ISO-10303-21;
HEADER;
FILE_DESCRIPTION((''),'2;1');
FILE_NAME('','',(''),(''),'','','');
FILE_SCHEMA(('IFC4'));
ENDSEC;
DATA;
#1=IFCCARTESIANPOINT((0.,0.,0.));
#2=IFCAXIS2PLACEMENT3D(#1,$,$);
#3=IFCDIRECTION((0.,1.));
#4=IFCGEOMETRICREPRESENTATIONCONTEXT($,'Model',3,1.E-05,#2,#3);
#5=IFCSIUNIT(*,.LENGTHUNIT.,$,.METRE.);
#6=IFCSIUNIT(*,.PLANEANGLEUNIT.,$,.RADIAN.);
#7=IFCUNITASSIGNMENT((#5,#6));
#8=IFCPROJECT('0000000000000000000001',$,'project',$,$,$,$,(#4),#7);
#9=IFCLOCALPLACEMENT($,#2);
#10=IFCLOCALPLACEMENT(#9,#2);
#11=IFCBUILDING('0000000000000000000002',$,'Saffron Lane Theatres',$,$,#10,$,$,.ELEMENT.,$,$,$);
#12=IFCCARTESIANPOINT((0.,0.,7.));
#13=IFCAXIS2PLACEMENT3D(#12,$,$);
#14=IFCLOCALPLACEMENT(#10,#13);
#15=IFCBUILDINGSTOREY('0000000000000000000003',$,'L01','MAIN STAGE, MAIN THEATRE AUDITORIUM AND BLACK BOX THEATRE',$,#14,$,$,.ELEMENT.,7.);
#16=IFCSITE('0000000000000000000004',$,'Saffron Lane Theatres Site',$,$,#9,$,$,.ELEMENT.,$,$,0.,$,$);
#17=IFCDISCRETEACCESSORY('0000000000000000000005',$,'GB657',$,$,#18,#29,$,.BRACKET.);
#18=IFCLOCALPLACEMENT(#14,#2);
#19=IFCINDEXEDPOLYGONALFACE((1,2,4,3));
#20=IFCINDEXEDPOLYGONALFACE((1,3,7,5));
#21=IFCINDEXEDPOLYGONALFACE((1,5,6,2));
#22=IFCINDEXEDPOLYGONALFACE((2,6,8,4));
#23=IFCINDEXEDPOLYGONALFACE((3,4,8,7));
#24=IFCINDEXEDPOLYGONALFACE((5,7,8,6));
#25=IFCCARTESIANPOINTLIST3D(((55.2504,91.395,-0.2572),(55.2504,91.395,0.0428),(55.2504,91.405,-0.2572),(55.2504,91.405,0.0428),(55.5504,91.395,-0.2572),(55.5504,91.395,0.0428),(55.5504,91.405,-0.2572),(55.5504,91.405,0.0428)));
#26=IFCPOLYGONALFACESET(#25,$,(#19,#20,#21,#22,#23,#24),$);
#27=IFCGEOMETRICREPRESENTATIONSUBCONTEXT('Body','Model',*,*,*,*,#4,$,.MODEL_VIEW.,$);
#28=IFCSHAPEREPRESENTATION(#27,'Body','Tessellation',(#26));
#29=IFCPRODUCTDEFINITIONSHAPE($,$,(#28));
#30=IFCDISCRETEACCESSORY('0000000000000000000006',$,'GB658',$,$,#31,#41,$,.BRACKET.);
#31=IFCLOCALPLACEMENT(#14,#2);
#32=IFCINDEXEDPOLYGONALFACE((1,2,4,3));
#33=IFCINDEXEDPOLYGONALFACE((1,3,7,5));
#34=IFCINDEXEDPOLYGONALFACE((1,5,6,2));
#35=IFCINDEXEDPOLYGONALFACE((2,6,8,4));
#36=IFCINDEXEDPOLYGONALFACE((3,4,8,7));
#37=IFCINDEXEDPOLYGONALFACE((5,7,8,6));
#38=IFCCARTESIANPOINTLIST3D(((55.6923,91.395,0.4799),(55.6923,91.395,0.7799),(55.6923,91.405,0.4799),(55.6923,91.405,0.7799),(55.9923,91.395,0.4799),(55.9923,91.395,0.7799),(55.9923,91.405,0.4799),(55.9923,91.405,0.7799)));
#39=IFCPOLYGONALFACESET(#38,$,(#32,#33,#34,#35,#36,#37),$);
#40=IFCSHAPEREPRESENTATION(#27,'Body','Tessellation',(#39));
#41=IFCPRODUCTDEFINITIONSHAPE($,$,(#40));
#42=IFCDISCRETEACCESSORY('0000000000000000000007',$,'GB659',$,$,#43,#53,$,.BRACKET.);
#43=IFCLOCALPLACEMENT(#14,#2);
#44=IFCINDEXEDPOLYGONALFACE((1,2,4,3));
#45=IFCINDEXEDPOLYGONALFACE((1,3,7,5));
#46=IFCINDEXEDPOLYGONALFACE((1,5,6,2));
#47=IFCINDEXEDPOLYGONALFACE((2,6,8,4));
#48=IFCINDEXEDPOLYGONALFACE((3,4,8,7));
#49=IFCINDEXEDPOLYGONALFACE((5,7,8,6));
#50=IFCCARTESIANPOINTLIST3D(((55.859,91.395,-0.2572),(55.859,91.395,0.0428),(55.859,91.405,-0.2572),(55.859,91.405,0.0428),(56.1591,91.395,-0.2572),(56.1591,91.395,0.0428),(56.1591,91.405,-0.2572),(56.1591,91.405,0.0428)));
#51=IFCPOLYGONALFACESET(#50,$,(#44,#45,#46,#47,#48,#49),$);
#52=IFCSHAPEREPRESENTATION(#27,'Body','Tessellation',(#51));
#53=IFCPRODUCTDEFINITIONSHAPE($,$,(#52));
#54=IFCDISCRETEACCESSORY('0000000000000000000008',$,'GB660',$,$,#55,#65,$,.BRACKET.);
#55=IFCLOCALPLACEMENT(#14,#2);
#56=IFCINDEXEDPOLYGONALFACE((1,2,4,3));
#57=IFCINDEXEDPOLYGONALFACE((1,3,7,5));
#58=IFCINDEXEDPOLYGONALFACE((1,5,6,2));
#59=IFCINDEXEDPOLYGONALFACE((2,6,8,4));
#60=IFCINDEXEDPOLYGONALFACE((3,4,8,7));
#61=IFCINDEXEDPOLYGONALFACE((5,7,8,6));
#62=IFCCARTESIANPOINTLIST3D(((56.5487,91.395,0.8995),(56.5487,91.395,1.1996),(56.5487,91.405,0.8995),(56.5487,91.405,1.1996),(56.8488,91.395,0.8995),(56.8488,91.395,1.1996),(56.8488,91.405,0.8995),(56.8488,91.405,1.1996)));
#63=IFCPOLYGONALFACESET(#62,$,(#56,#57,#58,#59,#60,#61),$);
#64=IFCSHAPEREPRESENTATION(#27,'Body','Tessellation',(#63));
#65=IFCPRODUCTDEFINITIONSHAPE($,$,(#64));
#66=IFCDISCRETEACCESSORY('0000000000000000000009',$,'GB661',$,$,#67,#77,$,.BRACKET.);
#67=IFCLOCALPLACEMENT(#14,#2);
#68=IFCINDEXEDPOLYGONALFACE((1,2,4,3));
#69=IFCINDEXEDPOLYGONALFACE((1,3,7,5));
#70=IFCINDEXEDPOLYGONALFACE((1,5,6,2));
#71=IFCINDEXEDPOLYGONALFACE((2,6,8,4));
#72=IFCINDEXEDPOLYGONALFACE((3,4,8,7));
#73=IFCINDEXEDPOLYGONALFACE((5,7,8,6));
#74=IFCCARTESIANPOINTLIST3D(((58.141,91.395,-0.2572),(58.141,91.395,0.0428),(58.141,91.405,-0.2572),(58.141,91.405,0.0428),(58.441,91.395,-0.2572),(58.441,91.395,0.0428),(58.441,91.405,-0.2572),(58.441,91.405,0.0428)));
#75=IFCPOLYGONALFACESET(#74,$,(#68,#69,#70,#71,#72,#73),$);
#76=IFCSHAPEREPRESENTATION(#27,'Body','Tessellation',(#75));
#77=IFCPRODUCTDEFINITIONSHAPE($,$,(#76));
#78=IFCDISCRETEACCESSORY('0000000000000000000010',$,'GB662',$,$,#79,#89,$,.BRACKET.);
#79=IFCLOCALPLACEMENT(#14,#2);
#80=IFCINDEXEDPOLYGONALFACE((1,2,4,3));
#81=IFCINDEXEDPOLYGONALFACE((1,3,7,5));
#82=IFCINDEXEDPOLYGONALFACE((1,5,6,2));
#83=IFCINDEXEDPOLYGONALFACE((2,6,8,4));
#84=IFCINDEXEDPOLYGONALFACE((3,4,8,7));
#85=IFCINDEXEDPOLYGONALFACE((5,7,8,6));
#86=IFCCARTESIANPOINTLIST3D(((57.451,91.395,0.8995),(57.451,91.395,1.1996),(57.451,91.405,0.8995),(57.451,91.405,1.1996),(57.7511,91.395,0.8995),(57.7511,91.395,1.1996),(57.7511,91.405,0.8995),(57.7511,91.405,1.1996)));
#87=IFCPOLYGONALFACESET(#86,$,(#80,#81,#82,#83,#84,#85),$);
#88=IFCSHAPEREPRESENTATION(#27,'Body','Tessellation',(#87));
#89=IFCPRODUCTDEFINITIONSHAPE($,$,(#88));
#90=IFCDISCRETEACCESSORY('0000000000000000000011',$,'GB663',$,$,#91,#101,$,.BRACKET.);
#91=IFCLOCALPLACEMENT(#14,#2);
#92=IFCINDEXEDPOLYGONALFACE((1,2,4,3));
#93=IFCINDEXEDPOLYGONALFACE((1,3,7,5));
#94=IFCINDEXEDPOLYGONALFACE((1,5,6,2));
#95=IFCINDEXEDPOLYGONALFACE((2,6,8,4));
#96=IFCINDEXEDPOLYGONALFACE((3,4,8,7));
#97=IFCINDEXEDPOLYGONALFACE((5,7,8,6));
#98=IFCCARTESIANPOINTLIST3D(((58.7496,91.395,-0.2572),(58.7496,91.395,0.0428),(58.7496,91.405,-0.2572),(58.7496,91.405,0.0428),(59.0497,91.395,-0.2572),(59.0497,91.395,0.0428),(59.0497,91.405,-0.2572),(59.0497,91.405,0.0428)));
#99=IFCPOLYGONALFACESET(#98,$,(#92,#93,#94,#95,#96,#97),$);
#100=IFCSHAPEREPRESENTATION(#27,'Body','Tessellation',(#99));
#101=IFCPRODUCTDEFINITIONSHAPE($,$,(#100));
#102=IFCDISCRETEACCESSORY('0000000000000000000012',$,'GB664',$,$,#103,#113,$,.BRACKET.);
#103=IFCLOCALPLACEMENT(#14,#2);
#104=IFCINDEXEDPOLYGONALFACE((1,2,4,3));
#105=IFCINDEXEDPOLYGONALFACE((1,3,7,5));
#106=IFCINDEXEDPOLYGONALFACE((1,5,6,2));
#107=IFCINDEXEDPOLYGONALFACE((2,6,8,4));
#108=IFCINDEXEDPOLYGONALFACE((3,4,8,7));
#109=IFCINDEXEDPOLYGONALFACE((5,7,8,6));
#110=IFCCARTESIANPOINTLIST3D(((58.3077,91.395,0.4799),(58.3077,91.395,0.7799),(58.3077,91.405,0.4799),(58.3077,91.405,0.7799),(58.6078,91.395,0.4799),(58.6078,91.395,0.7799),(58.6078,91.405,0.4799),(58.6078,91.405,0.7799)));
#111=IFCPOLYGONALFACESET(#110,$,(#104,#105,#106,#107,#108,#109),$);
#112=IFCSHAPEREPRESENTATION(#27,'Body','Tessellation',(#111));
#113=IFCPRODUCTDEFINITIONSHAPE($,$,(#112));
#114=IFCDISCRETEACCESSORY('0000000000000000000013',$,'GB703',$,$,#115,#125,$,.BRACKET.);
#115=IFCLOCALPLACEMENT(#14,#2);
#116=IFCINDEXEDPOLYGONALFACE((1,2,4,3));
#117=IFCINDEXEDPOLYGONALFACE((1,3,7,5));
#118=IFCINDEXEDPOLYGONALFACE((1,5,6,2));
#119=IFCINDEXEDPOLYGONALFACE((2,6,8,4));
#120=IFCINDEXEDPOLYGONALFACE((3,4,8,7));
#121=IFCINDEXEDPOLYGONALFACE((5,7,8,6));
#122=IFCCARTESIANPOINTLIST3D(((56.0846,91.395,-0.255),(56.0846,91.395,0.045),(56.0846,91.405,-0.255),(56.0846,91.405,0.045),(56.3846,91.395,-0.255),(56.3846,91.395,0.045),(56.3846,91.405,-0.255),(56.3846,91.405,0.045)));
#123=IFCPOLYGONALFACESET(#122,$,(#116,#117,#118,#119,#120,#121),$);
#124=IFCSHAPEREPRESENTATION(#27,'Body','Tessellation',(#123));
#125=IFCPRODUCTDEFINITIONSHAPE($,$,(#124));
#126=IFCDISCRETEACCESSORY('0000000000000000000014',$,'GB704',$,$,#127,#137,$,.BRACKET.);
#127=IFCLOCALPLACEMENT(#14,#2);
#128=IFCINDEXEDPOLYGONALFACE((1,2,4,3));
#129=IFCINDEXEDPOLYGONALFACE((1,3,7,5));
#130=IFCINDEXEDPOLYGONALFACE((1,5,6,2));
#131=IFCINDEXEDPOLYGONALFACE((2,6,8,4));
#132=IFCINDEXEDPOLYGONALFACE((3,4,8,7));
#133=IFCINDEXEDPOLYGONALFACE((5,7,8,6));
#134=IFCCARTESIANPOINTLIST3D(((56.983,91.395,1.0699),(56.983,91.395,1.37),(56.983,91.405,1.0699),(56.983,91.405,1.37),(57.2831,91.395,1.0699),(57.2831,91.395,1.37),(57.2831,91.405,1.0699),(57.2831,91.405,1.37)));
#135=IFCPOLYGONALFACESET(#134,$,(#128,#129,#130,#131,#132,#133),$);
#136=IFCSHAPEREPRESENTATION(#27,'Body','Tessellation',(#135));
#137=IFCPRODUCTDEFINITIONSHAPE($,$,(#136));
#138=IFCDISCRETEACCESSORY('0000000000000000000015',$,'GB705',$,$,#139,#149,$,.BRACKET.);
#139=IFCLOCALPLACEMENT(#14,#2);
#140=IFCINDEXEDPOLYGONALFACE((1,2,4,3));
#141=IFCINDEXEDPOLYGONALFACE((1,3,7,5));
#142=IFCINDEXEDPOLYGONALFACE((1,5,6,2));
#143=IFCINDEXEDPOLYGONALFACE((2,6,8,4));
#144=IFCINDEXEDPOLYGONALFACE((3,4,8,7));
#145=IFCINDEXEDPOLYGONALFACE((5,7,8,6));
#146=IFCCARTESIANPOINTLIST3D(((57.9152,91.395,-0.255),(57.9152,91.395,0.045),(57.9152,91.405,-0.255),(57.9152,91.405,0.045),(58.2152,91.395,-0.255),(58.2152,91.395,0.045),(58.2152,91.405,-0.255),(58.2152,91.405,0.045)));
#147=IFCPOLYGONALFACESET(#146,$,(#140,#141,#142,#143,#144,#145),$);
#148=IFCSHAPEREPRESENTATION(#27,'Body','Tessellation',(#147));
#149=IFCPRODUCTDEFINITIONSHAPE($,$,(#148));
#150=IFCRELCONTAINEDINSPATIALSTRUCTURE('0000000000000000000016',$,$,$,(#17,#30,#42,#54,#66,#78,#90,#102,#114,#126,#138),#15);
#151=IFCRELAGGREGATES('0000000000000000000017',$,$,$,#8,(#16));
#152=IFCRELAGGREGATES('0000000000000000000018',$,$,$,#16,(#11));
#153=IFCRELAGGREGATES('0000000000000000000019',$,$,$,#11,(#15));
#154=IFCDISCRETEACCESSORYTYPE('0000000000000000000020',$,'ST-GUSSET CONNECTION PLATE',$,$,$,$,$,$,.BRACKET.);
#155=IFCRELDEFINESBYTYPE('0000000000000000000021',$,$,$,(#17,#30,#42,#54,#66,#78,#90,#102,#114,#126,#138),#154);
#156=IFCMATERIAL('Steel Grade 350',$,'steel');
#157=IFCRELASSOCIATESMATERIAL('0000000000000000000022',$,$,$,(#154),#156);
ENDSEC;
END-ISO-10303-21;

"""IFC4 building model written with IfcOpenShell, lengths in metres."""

from ifc_helpers import new_model, si_unit, direction, frame, origin, origin_2d, place, context, subcontext, project, spatial, rectangle, extrude, material, material_profile, profile_set, type_object, element, save


model = new_model("IFC4")

# Units and contexts
model_context = context("Model", 3, precision=1e-05, world=origin(), true_north=direction((0.0, 1.0)))
body_context = subcontext(model_context, "Body", "Model", "MODEL_VIEW")
ifc_project = project(units=[si_unit("LENGTHUNIT", "METRE"), si_unit("PLANEANGLEUNIT", "RADIAN")], contexts=[model_context])

# Site, building, storey
site_placement = place(None, origin())
site = spatial("IfcSite", under=ifc_project, at=site_placement, Name="Saffron Lane Theatres Site", CompositionType="ELEMENT", RefElevation=0.0)
building_placement = place(site_placement, origin())
building = spatial("IfcBuilding", under=site, at=building_placement, Name="Saffron Lane Theatres", CompositionType="ELEMENT")
storey_placement = place(building_placement, frame((0.0, 0.0, 7.0)))
storey = spatial("IfcBuildingStorey", under=building, at=storey_placement, Name="L01", Description="MAIN STAGE, MAIN THEATRE AUDITORIUM AND BLACK BOX THEATRE", CompositionType="ELEMENT", Elevation=7.0)

# Discrete accessories
ifc_material_1 = material(Name="Steel Grade 350", Category="steel")
ifc_material_profile_1 = material_profile(ifc_material_1, rectangle(XDim=0.3, YDim=0.3, at=origin_2d()))
ifc_profile_set_1 = profile_set([ifc_material_profile_1], Name="Steel Grade 350")
discrete_accessory_type = type_object("IfcDiscreteAccessoryType", Name="ST-GUSSET CONNECTION PLATE", PredefinedType="BRACKET", material=ifc_profile_set_1)
for number, where, z_axis, x_axis, name in (
    (1, (55.4004, 91.395, -0.1072), (0.0, 1.0, 0.0), (-1.0, 0.0, 0.0), "GB657"),
    (2, (55.8423, 91.395, 0.6299), (0.0, 1.0, 0.0), (-1.0, 0.0, 0.0), "GB658"),
    (3, (56.009, 91.395, -0.1072), (0.0, 1.0, 0.0), (-1.0, 0.0, 0.0), "GB659"),
    (4, (56.6987, 91.395, 1.0496), (0.0, 1.0, 0.0), (-1.0, 0.0, 0.0), "GB660"),
    (5, (58.291, 91.395, -0.1072), (0.0, 1.0, 0.0), (-1.0, 0.0, 0.0), "GB661"),
    (6, (57.6011, 91.395, 1.0496), (0.0, 1.0, 0.0), (-1.0, 0.0, 0.0), "GB662"),
    (7, (58.8997, 91.395, -0.1072), (0.0, 1.0, 0.0), (-1.0, 0.0, 0.0), "GB663"),
    (8, (58.4578, 91.395, 0.6299), (0.0, 1.0, 0.0), (-1.0, 0.0, 0.0), "GB664"),
    (9, (56.2346, 91.395, -0.105), (0.0, 1.0, 0.0), (-1.0, 0.0, 0.0), "GB703"),
    (10, (57.1331, 91.395, 1.22), (0.0, 1.0, 0.0), (-1.0, 0.0, 0.0), "GB704"),
    (11, (58.0652, 91.395, -0.105), (0.0, 1.0, 0.0), (-1.0, 0.0, 0.0), "GB705"),
):
    element("IfcDiscreteAccessory", number, at=place(storey_placement, frame(where, z_axis=z_axis, x_axis=x_axis)), inside=storey, type_object=discrete_accessory_type, Name=name, PredefinedType="BRACKET", context=body_context, shape_type="SweptSolid", body=[
        extrude(rectangle(XDim=0.3, YDim=0.3, at=origin_2d()), origin(), (0.0, 0.0, 1.0), 0.01),
    ])

save(model, "model.ifc")
